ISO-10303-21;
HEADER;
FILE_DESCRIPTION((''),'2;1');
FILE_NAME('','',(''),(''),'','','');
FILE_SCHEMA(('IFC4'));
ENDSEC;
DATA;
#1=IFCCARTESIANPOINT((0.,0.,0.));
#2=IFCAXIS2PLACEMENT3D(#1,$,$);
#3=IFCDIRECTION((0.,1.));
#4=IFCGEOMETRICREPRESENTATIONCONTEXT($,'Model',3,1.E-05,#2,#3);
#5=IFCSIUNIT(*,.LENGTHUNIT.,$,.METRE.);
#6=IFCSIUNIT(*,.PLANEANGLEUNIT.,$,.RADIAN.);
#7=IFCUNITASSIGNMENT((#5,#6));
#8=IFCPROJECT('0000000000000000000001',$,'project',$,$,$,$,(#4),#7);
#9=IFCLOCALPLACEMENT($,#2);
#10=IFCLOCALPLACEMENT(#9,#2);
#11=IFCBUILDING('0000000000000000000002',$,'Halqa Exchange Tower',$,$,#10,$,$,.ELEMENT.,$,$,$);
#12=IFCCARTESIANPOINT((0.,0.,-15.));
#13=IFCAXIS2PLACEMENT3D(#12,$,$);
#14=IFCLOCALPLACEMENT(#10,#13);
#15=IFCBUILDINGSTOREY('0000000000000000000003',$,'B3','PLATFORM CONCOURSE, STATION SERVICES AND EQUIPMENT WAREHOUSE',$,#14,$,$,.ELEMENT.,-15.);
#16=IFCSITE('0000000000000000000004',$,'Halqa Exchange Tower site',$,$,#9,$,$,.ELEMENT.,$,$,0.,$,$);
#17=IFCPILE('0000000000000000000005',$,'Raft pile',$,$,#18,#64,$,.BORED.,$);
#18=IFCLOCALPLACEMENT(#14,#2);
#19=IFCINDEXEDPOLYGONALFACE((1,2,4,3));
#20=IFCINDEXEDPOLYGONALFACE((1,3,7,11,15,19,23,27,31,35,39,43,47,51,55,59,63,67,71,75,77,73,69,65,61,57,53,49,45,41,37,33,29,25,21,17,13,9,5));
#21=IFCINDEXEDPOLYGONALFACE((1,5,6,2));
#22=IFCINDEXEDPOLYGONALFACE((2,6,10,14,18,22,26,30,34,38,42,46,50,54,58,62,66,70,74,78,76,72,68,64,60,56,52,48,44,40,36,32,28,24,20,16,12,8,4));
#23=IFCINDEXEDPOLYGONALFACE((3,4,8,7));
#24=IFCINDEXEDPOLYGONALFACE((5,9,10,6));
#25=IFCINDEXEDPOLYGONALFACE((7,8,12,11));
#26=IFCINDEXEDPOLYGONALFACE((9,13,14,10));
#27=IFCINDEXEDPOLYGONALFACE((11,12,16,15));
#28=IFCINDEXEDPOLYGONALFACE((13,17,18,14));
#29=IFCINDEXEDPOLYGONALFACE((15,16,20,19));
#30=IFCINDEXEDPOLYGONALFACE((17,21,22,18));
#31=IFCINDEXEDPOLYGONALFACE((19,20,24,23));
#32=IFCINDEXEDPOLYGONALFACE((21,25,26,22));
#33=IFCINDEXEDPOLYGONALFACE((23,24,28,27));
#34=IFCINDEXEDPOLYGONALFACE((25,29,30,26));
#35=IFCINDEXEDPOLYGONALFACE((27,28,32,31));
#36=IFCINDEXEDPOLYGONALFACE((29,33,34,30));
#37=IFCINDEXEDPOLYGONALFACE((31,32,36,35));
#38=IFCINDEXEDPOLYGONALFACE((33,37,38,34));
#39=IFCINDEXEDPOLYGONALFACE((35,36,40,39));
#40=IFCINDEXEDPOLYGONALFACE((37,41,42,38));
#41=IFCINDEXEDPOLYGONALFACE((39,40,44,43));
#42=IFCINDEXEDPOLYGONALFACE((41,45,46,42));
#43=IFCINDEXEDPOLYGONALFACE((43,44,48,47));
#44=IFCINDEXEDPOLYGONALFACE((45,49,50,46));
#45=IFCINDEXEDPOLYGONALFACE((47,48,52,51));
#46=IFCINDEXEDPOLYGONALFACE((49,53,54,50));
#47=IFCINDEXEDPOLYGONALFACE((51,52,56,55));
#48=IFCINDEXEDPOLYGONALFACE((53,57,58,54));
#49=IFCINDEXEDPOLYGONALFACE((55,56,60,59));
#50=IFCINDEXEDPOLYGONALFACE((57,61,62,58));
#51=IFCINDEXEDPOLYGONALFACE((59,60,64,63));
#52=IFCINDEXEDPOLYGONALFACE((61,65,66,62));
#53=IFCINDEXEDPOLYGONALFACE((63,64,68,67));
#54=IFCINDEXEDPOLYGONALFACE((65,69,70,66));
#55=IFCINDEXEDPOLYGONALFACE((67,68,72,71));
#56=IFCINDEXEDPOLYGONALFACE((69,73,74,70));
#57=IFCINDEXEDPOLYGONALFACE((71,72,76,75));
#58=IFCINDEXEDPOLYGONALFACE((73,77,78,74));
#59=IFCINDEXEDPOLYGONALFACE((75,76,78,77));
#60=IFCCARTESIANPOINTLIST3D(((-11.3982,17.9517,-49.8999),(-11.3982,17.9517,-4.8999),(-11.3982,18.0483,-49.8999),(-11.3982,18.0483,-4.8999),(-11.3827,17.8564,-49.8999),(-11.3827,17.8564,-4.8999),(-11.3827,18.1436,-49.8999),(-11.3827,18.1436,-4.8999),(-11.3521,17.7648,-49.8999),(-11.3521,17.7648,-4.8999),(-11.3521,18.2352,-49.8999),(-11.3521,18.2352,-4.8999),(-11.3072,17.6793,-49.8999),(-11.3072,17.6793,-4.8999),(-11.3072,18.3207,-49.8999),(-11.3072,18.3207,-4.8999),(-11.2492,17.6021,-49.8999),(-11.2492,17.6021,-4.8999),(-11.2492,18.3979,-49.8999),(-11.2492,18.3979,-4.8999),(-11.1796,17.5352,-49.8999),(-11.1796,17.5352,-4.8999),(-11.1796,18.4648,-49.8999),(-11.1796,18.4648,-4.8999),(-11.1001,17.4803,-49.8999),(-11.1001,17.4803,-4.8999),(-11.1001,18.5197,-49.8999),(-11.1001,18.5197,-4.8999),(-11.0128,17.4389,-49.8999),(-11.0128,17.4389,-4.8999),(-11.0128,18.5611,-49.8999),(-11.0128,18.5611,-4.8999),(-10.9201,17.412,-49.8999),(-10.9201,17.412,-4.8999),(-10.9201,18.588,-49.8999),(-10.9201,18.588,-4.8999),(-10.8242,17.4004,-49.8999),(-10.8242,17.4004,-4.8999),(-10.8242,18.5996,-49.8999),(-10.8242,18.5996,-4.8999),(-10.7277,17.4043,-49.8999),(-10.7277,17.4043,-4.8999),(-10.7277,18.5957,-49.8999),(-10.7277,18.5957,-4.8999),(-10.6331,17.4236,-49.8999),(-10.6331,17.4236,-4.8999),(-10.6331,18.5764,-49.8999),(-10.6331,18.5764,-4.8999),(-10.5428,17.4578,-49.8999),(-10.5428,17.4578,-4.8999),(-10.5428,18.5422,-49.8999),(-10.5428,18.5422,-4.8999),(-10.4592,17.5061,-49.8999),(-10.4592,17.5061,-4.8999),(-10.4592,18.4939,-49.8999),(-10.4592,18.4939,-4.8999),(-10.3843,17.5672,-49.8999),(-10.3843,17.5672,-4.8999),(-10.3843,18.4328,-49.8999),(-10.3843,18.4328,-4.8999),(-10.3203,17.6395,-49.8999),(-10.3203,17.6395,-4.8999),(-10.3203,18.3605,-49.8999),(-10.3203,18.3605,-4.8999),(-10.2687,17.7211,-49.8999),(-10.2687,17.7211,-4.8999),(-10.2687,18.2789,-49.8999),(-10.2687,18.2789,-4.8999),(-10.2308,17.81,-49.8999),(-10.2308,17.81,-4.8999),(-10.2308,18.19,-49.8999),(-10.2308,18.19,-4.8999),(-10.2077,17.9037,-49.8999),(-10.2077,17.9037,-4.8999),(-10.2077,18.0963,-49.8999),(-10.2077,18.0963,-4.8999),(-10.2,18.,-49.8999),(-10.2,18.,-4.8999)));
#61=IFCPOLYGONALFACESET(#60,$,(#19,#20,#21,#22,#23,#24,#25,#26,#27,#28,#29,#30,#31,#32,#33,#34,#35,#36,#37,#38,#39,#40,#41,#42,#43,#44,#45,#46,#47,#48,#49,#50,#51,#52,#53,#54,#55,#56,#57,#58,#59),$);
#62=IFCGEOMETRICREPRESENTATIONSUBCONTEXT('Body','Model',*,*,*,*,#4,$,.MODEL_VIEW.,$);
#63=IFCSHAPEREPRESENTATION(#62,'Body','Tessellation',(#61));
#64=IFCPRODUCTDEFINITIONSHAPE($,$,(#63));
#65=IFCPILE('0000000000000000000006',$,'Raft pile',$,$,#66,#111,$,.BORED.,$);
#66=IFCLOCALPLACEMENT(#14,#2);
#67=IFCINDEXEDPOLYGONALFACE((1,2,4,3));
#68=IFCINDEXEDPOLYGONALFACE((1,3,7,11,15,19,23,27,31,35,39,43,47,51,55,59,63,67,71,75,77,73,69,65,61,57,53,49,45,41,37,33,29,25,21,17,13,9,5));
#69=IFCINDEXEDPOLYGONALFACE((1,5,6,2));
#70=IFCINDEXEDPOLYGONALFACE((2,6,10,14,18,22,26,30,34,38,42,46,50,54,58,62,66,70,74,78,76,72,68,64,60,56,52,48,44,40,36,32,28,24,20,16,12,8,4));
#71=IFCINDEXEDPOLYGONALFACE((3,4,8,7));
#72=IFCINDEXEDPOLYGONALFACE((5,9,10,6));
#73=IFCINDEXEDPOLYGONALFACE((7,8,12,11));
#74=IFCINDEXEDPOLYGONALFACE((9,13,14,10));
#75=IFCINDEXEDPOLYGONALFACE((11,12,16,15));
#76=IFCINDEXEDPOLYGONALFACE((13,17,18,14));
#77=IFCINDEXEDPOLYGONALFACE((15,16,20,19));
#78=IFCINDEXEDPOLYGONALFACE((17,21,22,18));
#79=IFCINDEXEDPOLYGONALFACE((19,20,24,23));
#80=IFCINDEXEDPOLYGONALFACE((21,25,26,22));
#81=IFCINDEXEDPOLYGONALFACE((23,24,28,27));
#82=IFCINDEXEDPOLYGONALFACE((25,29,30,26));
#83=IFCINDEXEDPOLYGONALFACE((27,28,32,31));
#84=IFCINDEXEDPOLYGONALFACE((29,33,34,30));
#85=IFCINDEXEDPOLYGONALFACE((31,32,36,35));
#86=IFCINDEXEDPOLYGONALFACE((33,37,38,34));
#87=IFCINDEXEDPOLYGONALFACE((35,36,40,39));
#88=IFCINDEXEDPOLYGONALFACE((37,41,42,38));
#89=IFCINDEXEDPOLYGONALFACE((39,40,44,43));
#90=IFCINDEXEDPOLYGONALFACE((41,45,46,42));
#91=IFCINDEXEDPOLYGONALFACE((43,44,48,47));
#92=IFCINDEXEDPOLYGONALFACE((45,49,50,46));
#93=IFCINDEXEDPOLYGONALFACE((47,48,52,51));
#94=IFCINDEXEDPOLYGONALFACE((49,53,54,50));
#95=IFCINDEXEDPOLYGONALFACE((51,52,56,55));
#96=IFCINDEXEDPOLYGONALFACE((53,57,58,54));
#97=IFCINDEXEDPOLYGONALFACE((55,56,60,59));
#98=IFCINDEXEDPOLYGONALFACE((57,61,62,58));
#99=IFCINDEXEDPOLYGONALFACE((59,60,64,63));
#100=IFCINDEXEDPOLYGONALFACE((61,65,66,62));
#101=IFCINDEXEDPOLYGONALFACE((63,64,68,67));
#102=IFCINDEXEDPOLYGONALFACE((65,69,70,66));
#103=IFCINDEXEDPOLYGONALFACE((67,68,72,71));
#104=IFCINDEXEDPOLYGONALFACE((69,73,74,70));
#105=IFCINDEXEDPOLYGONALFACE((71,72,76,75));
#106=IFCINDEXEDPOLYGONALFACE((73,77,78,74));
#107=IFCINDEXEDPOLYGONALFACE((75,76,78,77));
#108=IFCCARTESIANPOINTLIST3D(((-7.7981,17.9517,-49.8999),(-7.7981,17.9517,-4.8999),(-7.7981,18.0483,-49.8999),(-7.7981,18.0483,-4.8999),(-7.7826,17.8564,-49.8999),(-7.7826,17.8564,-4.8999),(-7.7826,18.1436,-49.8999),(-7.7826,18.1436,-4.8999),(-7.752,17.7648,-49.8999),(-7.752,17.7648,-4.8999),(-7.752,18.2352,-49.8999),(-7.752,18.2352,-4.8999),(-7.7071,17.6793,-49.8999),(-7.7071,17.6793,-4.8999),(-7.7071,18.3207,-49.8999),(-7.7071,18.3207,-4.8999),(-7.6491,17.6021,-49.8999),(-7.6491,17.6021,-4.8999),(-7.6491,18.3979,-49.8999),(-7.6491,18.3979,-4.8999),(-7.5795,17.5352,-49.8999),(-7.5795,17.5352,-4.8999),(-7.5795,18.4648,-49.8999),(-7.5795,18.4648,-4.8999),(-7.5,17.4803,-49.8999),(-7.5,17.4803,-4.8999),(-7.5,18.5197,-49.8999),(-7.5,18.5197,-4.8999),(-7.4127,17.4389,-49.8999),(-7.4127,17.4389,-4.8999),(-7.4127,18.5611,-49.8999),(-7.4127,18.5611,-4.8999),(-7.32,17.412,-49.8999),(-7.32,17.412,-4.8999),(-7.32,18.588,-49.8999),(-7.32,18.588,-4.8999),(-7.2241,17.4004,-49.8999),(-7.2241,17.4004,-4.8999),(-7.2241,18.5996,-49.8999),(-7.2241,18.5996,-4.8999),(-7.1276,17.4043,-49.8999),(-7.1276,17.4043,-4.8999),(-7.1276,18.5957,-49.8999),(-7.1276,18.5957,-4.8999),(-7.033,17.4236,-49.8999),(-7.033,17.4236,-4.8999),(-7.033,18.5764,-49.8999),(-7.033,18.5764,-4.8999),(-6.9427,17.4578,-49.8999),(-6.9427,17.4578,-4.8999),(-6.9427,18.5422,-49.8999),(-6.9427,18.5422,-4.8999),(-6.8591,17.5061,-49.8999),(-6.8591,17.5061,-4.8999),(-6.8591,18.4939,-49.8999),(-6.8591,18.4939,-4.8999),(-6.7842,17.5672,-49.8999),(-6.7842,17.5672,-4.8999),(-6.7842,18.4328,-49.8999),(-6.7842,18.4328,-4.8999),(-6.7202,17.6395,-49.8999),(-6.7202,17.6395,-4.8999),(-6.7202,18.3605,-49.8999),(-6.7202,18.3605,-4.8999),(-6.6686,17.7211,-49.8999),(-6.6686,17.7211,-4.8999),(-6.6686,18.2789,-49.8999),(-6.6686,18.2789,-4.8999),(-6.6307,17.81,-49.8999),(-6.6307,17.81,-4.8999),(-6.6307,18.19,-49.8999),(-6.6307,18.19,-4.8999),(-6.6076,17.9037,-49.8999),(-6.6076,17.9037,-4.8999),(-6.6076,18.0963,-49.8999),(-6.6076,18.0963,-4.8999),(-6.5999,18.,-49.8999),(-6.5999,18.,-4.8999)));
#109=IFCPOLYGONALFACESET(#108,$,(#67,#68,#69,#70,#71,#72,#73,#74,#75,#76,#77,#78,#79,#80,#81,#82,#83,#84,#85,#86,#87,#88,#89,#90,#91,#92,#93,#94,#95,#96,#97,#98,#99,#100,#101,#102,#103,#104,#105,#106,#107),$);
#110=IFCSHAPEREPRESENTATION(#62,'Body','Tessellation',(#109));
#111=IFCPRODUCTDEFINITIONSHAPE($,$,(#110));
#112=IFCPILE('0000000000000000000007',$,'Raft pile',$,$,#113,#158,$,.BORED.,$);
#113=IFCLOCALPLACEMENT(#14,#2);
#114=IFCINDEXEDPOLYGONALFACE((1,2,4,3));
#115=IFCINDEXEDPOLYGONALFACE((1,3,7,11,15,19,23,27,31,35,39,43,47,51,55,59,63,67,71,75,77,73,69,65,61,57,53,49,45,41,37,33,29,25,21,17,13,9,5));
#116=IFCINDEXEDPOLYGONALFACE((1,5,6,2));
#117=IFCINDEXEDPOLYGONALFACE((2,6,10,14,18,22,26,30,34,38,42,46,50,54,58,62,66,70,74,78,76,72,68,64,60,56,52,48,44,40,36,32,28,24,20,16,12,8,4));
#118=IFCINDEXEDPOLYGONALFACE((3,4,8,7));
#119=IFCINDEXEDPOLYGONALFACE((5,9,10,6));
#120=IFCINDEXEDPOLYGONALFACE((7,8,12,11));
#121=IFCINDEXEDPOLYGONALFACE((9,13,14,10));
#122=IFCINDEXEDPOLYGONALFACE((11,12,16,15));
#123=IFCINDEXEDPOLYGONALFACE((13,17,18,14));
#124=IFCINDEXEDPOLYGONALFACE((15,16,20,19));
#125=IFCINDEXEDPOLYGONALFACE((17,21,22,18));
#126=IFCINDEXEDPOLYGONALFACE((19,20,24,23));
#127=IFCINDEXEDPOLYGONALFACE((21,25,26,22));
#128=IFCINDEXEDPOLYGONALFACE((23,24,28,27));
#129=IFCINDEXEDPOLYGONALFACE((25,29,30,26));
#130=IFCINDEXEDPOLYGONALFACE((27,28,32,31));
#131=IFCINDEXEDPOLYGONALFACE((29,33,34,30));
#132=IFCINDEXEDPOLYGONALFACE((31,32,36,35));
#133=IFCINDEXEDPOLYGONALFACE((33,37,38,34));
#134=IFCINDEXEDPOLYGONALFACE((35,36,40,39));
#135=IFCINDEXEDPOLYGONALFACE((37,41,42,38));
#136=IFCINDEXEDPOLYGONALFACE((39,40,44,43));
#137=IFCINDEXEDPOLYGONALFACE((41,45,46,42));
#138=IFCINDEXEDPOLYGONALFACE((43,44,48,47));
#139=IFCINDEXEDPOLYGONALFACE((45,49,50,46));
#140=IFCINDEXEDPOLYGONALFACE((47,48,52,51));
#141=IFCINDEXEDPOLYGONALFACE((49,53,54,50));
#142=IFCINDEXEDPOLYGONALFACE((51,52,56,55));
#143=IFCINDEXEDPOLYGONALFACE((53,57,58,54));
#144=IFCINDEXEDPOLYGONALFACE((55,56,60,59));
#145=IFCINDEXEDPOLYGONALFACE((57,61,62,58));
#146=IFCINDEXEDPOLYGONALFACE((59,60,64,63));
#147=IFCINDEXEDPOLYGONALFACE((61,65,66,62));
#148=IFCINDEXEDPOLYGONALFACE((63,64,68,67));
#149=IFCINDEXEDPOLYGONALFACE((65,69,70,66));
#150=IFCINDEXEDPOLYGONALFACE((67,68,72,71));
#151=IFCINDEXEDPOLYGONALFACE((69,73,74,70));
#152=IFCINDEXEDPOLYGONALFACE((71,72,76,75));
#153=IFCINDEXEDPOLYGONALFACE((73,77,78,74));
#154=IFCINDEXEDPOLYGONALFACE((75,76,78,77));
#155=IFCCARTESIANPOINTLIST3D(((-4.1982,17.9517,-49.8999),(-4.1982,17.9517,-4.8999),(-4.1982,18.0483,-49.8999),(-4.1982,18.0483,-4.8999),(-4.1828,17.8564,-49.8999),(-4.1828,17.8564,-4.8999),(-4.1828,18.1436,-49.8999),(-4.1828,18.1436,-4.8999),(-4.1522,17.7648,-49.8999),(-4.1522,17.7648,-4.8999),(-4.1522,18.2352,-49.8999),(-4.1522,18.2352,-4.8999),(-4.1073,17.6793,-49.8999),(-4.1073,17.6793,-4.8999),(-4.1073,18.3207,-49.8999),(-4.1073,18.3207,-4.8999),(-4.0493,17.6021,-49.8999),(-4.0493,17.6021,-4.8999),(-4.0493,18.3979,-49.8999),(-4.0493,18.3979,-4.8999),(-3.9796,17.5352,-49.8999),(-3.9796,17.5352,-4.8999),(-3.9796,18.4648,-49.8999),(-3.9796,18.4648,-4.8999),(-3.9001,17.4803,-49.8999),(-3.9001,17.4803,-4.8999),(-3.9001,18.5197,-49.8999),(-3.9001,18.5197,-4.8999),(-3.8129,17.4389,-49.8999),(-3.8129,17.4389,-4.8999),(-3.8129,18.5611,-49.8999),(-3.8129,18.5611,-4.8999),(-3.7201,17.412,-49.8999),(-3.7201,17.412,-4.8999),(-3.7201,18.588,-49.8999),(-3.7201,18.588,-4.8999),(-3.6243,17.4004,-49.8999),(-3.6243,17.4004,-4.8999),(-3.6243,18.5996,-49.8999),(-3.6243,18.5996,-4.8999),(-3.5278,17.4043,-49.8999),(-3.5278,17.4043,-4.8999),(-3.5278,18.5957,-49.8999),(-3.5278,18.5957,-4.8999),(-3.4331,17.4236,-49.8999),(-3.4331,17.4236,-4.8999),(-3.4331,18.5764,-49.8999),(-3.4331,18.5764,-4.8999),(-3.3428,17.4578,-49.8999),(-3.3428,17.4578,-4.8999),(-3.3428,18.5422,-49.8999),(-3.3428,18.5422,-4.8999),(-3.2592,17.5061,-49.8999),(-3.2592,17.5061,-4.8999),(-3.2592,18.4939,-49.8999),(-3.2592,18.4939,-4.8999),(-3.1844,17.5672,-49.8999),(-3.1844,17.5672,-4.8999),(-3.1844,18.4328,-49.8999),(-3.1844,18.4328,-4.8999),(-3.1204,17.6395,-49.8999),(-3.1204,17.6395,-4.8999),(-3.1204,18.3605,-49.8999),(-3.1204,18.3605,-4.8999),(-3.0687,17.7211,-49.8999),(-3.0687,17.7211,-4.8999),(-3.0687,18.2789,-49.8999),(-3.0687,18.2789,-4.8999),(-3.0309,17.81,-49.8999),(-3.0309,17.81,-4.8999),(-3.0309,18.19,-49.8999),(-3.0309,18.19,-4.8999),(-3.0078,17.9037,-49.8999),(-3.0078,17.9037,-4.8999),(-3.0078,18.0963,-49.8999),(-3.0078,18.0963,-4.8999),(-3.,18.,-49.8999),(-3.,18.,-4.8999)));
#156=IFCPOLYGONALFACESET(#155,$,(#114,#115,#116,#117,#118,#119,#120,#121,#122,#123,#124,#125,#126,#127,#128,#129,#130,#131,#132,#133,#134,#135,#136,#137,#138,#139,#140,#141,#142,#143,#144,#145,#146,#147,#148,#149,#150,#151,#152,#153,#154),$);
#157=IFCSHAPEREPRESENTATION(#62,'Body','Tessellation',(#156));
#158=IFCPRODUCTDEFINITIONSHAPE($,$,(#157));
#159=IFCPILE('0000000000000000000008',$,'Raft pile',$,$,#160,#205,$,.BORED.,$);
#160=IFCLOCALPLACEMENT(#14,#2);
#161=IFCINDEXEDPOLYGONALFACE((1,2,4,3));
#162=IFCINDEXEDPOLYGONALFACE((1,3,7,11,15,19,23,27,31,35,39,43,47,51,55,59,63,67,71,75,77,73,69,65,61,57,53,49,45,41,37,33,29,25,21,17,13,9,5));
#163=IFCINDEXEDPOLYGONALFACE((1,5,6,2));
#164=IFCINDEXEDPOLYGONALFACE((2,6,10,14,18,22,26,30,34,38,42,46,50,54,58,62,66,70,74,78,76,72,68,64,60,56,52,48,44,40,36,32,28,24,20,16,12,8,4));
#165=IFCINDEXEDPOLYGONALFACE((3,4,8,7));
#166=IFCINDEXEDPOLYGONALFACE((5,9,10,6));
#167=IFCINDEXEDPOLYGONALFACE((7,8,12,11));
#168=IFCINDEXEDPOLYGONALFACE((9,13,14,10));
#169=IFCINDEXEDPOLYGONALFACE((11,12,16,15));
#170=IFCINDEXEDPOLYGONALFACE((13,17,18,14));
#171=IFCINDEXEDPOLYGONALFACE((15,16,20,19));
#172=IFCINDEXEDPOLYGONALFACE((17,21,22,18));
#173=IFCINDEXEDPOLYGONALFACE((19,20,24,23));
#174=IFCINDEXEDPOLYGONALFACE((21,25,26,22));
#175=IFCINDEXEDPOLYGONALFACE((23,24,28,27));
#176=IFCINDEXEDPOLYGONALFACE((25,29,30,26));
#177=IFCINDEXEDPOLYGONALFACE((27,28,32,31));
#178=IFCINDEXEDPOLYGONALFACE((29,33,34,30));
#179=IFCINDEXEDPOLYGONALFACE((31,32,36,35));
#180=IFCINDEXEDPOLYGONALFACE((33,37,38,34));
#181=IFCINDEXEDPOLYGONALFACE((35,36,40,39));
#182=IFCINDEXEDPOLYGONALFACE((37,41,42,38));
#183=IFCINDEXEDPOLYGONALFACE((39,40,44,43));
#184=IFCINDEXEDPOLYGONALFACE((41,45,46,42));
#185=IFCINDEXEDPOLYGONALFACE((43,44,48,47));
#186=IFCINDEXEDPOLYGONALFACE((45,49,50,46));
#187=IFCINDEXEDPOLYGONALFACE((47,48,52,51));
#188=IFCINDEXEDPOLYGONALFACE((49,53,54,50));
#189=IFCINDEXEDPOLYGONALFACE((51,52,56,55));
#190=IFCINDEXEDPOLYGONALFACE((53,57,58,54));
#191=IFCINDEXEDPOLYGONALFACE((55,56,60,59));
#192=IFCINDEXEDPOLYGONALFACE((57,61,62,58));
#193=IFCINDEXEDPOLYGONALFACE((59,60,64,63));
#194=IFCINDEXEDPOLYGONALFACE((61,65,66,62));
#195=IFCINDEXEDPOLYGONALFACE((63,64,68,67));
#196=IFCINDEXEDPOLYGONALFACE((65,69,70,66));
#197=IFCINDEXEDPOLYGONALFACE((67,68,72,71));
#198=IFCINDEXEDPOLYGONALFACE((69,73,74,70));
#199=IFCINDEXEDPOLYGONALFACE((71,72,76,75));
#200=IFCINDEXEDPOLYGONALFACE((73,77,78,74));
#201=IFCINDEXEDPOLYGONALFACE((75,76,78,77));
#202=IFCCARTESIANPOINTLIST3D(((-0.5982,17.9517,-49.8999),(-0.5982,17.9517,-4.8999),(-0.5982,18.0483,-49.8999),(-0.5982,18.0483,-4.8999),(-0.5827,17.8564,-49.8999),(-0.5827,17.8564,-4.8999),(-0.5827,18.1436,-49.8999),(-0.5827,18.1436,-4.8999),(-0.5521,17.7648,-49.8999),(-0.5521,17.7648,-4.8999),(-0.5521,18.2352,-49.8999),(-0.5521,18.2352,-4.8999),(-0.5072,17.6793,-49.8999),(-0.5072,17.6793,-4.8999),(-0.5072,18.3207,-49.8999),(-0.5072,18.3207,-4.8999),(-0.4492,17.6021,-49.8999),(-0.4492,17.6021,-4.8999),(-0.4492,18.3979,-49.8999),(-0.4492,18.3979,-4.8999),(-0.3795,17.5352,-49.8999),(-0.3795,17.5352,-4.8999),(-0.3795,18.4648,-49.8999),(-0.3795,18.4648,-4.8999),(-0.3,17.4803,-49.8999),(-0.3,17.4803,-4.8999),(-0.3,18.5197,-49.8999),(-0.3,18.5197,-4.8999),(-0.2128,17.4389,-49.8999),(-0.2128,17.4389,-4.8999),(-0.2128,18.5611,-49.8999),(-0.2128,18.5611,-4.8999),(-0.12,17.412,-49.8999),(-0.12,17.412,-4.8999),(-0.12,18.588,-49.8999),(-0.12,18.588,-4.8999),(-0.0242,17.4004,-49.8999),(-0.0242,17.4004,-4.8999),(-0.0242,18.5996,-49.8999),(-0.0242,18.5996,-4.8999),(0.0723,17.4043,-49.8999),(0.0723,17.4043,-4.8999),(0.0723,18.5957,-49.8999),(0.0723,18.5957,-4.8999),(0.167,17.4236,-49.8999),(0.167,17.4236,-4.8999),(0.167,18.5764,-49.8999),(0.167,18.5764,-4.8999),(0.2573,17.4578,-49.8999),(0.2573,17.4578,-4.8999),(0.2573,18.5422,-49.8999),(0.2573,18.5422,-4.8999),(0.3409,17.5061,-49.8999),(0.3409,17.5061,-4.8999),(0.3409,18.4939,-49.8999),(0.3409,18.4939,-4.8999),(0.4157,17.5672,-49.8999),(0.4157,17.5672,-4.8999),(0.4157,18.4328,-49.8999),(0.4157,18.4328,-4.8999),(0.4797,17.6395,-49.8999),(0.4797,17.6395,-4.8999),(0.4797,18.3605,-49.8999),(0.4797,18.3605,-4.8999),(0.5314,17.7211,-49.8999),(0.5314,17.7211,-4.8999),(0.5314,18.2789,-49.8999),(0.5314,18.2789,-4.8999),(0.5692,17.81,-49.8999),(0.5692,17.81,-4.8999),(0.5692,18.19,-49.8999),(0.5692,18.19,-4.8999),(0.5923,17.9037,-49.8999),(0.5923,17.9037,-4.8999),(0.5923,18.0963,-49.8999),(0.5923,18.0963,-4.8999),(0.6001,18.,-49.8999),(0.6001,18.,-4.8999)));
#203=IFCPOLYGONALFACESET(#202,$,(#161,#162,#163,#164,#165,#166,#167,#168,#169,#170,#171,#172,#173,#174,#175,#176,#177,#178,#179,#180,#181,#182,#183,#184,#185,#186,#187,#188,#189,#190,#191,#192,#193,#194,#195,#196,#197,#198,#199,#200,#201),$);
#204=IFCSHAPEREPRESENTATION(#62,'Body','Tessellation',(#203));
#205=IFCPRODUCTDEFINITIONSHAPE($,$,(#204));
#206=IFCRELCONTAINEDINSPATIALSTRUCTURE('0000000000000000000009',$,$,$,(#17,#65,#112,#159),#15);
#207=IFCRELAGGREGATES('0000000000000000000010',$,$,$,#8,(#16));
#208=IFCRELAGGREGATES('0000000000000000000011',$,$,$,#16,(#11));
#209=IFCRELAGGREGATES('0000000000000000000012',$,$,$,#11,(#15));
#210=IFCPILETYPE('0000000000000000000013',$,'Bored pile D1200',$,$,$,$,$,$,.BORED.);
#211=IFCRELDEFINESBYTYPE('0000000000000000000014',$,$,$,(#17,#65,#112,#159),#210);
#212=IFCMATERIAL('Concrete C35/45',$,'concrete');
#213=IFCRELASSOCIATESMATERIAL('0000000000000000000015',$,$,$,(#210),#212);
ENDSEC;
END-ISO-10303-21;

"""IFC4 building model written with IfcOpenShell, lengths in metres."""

from ifc_helpers import new_model, si_unit, direction, frame, origin, origin_2d, place, context, subcontext, project, spatial, circle, extrude, material, material_profile, profile_set, type_object, element, save


model = new_model("IFC4")

# Units and contexts
model_context = context("Model", 3, precision=1e-05, world=origin(), true_north=direction((0.0, 1.0)))
body_context = subcontext(model_context, "Body", "Model", "MODEL_VIEW")
ifc_project = project(units=[si_unit("LENGTHUNIT", "METRE"), si_unit("PLANEANGLEUNIT", "RADIAN")], contexts=[model_context])

# Site, building, storey
site_placement = place(None, origin())
site = spatial("IfcSite", under=ifc_project, at=site_placement, Name="Halqa Exchange Tower site", CompositionType="ELEMENT", RefElevation=0.0)
building_placement = place(site_placement, origin())
building = spatial("IfcBuilding", under=site, at=building_placement, Name="Halqa Exchange Tower", CompositionType="ELEMENT")
storey_placement = place(building_placement, frame((0.0, 0.0, -15.0)))
storey = spatial("IfcBuildingStorey", under=building, at=storey_placement, Name="B3", Description="PLATFORM CONCOURSE, STATION SERVICES AND EQUIPMENT WAREHOUSE", CompositionType="ELEMENT", Elevation=-15.0)

# Piles
ifc_material_1 = material(Name="Concrete C35/45", Category="concrete")
ifc_material_profile_1 = material_profile(ifc_material_1, circle(Radius=0.6001, at=origin_2d()), Name="D1200")
ifc_profile_set_1 = profile_set([ifc_material_profile_1], Name="Concrete C35/45")
pile_type_1 = type_object("IfcPileType", Name="Bored pile D1200", PredefinedType="BORED", material=ifc_profile_set_1)
for number, where, z_axis, x_axis, name in (
    (1, (-10.8, 18.0, -4.8999), (0.0, 0.0, -1.0), (1.0, 0.0, 0.0), "Raft pile"),
    (2, (-7.2, 18.0, -4.8999), (0.0, 0.0, -1.0), (1.0, 0.0, 0.0), "Raft pile"),
    (3, (-3.6001, 18.0, -4.8999), (0.0, 0.0, -1.0), (1.0, 0.0, 0.0), "Raft pile"),
    (4, (0.0, 18.0, -4.8999), (0.0, 0.0, -1.0), (1.0, 0.0, 0.0), "Raft pile"),
):
    element("IfcPile", number, at=place(storey_placement, frame(where, z_axis=z_axis, x_axis=x_axis)), inside=storey, type_object=pile_type_1, Name=name, PredefinedType="BORED", context=body_context, shape_type="SweptSolid", body=[
        extrude(circle(Radius=0.6001, at=origin_2d()), origin(), (0.0, 0.0, 1.0), 45.0),
    ])

save(model, "model.ifc")
